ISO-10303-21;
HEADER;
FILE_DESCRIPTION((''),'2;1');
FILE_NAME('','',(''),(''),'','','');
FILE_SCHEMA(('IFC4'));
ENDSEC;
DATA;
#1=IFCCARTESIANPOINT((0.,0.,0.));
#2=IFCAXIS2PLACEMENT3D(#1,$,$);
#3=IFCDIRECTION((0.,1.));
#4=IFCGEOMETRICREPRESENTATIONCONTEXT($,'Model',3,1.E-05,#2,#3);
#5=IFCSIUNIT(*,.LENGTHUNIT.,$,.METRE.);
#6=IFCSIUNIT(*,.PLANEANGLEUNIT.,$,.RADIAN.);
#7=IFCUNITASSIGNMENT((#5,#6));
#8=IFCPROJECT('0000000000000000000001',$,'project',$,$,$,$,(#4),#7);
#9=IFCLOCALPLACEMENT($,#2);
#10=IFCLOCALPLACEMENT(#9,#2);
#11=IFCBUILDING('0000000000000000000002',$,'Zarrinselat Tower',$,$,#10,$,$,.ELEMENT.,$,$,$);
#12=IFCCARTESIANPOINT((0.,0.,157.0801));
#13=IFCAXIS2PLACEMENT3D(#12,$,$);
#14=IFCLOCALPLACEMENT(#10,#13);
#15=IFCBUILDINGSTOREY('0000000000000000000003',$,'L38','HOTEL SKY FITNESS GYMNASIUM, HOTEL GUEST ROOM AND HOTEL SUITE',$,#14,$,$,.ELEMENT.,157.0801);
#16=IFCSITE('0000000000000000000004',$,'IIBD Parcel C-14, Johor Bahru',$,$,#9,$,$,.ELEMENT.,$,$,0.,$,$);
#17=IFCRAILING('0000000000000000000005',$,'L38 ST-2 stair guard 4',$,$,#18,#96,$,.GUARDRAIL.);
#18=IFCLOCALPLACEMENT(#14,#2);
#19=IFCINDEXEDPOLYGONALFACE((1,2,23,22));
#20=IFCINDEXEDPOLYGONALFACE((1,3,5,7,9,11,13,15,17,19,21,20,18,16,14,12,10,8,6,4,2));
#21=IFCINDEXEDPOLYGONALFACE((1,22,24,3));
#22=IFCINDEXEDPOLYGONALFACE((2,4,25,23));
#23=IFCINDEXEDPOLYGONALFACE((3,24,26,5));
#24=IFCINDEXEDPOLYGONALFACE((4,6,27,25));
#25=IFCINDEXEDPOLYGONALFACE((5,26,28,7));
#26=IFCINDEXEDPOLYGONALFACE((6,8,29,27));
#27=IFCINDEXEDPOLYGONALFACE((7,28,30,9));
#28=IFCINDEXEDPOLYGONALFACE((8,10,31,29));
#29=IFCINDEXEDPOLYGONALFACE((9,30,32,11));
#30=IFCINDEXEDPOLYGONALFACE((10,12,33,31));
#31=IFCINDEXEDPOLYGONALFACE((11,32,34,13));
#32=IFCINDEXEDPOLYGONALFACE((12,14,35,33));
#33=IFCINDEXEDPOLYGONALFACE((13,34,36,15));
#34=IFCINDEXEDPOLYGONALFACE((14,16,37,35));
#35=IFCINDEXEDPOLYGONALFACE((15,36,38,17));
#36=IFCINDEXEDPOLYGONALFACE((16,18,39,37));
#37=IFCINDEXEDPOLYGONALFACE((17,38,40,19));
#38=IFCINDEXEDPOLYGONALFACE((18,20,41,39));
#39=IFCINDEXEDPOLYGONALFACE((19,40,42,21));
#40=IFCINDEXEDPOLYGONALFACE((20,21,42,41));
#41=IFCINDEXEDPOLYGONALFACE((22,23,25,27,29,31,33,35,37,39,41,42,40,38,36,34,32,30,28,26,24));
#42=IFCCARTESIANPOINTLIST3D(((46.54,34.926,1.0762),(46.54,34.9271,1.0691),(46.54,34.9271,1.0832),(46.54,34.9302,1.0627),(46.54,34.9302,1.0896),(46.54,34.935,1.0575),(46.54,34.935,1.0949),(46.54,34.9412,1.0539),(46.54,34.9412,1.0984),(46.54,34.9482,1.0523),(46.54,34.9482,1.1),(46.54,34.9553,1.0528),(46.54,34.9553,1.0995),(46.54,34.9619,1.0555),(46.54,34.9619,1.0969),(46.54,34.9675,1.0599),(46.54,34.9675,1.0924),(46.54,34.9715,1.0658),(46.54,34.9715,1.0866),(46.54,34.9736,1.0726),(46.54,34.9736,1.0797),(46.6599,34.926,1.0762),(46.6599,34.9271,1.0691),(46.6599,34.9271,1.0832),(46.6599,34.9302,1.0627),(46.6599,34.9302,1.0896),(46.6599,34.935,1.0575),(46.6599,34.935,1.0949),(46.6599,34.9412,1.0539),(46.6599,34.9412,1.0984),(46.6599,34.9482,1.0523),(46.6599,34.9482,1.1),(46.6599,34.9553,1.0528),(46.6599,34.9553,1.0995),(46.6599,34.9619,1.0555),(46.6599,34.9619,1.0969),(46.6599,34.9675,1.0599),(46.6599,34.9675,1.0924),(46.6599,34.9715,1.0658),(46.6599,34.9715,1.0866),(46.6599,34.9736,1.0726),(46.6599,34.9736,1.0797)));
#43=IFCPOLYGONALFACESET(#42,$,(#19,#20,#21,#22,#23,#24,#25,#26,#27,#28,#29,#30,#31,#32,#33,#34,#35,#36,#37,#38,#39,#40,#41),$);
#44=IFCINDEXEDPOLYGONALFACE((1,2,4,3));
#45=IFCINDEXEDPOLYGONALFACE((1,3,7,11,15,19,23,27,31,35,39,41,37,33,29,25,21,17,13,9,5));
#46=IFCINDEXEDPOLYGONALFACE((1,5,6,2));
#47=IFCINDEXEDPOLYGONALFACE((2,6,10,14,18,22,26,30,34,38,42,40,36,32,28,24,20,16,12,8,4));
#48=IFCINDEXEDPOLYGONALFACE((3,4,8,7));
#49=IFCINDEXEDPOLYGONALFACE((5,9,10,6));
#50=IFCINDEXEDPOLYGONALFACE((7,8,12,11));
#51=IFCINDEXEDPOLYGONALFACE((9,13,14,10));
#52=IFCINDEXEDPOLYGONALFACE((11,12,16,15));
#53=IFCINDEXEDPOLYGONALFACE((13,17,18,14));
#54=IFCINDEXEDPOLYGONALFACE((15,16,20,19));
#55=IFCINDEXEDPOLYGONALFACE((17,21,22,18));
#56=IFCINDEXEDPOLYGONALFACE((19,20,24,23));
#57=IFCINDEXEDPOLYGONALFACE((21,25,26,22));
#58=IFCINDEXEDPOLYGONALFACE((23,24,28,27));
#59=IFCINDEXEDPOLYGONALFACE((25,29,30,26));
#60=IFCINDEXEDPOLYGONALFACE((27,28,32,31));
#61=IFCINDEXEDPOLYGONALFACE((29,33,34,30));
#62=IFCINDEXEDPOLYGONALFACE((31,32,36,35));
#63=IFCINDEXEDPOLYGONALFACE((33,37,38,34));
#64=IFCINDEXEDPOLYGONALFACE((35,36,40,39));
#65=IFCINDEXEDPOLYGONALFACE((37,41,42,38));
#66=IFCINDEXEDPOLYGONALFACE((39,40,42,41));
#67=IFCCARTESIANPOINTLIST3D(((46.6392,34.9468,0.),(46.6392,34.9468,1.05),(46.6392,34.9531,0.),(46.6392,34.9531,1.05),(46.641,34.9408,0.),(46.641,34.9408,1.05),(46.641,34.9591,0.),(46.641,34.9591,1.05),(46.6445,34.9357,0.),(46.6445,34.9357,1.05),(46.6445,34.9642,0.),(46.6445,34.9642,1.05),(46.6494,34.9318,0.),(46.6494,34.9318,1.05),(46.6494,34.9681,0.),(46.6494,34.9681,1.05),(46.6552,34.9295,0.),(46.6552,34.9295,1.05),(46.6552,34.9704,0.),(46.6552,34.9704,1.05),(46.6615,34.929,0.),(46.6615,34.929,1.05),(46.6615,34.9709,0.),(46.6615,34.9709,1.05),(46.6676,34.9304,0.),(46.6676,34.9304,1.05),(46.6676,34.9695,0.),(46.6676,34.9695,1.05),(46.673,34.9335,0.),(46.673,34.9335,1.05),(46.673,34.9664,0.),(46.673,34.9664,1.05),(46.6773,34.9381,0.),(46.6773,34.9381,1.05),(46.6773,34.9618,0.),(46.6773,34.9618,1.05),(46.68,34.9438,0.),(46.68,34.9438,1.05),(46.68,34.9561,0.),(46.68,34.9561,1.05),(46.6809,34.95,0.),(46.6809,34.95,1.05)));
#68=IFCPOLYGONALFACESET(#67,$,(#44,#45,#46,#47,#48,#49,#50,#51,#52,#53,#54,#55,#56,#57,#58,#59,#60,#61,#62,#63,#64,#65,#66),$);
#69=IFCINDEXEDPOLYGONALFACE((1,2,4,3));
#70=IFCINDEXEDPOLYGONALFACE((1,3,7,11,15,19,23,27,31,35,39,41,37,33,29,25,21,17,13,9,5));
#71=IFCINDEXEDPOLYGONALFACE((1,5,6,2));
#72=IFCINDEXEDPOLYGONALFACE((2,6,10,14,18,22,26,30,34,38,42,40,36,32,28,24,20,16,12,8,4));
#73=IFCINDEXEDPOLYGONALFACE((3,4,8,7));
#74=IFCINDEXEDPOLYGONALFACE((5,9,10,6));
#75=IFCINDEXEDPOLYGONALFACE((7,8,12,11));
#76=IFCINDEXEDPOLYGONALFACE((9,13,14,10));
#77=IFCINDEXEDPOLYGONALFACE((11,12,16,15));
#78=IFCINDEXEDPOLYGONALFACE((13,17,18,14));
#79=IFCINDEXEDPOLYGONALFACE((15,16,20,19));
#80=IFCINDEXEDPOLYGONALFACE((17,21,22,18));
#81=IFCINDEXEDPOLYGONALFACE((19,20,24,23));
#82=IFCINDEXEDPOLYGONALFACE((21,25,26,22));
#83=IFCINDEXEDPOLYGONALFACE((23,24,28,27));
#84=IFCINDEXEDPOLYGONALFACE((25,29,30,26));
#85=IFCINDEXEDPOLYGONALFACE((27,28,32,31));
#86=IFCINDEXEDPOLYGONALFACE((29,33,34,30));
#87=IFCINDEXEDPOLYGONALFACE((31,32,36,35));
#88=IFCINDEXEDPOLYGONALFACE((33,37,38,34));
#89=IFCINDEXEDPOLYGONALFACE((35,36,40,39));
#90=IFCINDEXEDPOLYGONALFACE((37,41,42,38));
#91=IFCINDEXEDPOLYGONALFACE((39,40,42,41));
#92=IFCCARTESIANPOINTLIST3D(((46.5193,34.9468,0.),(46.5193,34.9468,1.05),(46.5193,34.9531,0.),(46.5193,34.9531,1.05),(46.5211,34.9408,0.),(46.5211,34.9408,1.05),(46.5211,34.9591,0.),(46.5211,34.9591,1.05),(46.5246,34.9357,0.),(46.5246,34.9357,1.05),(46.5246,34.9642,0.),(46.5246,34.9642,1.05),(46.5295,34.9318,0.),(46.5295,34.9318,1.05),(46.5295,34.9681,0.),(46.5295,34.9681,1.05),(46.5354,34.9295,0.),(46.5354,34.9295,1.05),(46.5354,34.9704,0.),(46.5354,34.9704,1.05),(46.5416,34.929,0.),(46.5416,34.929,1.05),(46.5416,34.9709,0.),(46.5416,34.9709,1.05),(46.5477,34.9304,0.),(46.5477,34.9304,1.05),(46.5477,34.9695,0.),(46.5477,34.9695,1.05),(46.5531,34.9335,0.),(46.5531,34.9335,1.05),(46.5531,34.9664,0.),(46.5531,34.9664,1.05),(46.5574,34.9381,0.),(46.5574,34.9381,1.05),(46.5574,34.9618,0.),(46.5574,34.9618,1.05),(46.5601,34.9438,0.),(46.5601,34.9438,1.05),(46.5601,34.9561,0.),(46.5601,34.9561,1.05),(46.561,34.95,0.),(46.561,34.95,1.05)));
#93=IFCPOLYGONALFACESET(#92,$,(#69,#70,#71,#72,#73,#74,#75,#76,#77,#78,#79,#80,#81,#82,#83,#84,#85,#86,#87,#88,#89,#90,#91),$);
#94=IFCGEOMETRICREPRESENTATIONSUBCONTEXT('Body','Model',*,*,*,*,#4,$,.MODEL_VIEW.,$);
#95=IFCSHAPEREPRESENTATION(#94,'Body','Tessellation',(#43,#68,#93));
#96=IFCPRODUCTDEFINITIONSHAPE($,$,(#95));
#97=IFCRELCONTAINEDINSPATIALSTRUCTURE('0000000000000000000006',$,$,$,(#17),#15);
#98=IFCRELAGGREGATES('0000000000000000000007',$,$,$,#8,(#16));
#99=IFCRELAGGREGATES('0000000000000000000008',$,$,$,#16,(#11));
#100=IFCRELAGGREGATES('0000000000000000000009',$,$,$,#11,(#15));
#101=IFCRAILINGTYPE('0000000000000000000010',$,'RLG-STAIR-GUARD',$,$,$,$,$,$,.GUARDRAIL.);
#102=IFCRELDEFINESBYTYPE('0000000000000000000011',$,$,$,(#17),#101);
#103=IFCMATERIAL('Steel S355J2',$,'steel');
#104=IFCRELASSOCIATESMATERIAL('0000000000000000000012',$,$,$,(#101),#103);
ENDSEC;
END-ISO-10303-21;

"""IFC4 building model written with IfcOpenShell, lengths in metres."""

from ifc_helpers import new_model, si_unit, direction, frame, origin, origin_2d, place, context, subcontext, project, spatial, circle, extrude, material, type_object, element, save


model = new_model("IFC4")

# Units and contexts
model_context = context("Model", 3, precision=1e-05, world=origin(), true_north=direction((0.0, 1.0)))
body_context = subcontext(model_context, "Body", "Model", "MODEL_VIEW")
ifc_project = project(units=[si_unit("LENGTHUNIT", "METRE"), si_unit("PLANEANGLEUNIT", "RADIAN")], contexts=[model_context])

# Site, building, storey
site_placement = place(None, origin())
site = spatial("IfcSite", under=ifc_project, at=site_placement, Name="IIBD Parcel C-14, Johor Bahru", CompositionType="ELEMENT", RefElevation=0.0)
building_placement = place(site_placement, origin())
building = spatial("IfcBuilding", under=site, at=building_placement, Name="Zarrinselat Tower", CompositionType="ELEMENT")
storey_placement = place(building_placement, frame((0.0, 0.0, 157.0801)))
storey = spatial("IfcBuildingStorey", under=building, at=storey_placement, Name="L38", Description="HOTEL SKY FITNESS GYMNASIUM, HOTEL GUEST ROOM AND HOTEL SUITE", CompositionType="ELEMENT", Elevation=157.0801)

# Railing
ifc_material_1 = material(Name="Steel S355J2", Category="steel")
railing_type_1 = type_object("IfcRailingType", Name="RLG-STAIR-GUARD", PredefinedType="GUARDRAIL", material=ifc_material_1)
railing_1_placement = place(storey_placement, frame((46.6599, 34.95, 0.0)))
element("IfcRailing", 1, at=railing_1_placement, inside=storey, type_object=railing_type_1, Name="L38 ST-2 stair guard 4", PredefinedType="GUARDRAIL", context=body_context, shape_type="SweptSolid", body=[
    extrude(circle(Radius=0.0239, at=origin_2d()), frame((0.0, 0.0, 1.0762), z_axis=(-1.0, 0.0, 0.0), x_axis=(0.0, -1.0, 0.0)), (0.0, 0.0, 1.0), 0.1199),
    extrude(circle(Radius=0.021, at=origin_2d()), origin(), (0.0, 0.0, 1.0), 1.05),
    extrude(circle(Radius=0.021, at=origin_2d()), frame((-0.1199, 0.0, 0.0)), (0.0, 0.0, 1.0), 1.05),
])

save(model, "model.ifc")
